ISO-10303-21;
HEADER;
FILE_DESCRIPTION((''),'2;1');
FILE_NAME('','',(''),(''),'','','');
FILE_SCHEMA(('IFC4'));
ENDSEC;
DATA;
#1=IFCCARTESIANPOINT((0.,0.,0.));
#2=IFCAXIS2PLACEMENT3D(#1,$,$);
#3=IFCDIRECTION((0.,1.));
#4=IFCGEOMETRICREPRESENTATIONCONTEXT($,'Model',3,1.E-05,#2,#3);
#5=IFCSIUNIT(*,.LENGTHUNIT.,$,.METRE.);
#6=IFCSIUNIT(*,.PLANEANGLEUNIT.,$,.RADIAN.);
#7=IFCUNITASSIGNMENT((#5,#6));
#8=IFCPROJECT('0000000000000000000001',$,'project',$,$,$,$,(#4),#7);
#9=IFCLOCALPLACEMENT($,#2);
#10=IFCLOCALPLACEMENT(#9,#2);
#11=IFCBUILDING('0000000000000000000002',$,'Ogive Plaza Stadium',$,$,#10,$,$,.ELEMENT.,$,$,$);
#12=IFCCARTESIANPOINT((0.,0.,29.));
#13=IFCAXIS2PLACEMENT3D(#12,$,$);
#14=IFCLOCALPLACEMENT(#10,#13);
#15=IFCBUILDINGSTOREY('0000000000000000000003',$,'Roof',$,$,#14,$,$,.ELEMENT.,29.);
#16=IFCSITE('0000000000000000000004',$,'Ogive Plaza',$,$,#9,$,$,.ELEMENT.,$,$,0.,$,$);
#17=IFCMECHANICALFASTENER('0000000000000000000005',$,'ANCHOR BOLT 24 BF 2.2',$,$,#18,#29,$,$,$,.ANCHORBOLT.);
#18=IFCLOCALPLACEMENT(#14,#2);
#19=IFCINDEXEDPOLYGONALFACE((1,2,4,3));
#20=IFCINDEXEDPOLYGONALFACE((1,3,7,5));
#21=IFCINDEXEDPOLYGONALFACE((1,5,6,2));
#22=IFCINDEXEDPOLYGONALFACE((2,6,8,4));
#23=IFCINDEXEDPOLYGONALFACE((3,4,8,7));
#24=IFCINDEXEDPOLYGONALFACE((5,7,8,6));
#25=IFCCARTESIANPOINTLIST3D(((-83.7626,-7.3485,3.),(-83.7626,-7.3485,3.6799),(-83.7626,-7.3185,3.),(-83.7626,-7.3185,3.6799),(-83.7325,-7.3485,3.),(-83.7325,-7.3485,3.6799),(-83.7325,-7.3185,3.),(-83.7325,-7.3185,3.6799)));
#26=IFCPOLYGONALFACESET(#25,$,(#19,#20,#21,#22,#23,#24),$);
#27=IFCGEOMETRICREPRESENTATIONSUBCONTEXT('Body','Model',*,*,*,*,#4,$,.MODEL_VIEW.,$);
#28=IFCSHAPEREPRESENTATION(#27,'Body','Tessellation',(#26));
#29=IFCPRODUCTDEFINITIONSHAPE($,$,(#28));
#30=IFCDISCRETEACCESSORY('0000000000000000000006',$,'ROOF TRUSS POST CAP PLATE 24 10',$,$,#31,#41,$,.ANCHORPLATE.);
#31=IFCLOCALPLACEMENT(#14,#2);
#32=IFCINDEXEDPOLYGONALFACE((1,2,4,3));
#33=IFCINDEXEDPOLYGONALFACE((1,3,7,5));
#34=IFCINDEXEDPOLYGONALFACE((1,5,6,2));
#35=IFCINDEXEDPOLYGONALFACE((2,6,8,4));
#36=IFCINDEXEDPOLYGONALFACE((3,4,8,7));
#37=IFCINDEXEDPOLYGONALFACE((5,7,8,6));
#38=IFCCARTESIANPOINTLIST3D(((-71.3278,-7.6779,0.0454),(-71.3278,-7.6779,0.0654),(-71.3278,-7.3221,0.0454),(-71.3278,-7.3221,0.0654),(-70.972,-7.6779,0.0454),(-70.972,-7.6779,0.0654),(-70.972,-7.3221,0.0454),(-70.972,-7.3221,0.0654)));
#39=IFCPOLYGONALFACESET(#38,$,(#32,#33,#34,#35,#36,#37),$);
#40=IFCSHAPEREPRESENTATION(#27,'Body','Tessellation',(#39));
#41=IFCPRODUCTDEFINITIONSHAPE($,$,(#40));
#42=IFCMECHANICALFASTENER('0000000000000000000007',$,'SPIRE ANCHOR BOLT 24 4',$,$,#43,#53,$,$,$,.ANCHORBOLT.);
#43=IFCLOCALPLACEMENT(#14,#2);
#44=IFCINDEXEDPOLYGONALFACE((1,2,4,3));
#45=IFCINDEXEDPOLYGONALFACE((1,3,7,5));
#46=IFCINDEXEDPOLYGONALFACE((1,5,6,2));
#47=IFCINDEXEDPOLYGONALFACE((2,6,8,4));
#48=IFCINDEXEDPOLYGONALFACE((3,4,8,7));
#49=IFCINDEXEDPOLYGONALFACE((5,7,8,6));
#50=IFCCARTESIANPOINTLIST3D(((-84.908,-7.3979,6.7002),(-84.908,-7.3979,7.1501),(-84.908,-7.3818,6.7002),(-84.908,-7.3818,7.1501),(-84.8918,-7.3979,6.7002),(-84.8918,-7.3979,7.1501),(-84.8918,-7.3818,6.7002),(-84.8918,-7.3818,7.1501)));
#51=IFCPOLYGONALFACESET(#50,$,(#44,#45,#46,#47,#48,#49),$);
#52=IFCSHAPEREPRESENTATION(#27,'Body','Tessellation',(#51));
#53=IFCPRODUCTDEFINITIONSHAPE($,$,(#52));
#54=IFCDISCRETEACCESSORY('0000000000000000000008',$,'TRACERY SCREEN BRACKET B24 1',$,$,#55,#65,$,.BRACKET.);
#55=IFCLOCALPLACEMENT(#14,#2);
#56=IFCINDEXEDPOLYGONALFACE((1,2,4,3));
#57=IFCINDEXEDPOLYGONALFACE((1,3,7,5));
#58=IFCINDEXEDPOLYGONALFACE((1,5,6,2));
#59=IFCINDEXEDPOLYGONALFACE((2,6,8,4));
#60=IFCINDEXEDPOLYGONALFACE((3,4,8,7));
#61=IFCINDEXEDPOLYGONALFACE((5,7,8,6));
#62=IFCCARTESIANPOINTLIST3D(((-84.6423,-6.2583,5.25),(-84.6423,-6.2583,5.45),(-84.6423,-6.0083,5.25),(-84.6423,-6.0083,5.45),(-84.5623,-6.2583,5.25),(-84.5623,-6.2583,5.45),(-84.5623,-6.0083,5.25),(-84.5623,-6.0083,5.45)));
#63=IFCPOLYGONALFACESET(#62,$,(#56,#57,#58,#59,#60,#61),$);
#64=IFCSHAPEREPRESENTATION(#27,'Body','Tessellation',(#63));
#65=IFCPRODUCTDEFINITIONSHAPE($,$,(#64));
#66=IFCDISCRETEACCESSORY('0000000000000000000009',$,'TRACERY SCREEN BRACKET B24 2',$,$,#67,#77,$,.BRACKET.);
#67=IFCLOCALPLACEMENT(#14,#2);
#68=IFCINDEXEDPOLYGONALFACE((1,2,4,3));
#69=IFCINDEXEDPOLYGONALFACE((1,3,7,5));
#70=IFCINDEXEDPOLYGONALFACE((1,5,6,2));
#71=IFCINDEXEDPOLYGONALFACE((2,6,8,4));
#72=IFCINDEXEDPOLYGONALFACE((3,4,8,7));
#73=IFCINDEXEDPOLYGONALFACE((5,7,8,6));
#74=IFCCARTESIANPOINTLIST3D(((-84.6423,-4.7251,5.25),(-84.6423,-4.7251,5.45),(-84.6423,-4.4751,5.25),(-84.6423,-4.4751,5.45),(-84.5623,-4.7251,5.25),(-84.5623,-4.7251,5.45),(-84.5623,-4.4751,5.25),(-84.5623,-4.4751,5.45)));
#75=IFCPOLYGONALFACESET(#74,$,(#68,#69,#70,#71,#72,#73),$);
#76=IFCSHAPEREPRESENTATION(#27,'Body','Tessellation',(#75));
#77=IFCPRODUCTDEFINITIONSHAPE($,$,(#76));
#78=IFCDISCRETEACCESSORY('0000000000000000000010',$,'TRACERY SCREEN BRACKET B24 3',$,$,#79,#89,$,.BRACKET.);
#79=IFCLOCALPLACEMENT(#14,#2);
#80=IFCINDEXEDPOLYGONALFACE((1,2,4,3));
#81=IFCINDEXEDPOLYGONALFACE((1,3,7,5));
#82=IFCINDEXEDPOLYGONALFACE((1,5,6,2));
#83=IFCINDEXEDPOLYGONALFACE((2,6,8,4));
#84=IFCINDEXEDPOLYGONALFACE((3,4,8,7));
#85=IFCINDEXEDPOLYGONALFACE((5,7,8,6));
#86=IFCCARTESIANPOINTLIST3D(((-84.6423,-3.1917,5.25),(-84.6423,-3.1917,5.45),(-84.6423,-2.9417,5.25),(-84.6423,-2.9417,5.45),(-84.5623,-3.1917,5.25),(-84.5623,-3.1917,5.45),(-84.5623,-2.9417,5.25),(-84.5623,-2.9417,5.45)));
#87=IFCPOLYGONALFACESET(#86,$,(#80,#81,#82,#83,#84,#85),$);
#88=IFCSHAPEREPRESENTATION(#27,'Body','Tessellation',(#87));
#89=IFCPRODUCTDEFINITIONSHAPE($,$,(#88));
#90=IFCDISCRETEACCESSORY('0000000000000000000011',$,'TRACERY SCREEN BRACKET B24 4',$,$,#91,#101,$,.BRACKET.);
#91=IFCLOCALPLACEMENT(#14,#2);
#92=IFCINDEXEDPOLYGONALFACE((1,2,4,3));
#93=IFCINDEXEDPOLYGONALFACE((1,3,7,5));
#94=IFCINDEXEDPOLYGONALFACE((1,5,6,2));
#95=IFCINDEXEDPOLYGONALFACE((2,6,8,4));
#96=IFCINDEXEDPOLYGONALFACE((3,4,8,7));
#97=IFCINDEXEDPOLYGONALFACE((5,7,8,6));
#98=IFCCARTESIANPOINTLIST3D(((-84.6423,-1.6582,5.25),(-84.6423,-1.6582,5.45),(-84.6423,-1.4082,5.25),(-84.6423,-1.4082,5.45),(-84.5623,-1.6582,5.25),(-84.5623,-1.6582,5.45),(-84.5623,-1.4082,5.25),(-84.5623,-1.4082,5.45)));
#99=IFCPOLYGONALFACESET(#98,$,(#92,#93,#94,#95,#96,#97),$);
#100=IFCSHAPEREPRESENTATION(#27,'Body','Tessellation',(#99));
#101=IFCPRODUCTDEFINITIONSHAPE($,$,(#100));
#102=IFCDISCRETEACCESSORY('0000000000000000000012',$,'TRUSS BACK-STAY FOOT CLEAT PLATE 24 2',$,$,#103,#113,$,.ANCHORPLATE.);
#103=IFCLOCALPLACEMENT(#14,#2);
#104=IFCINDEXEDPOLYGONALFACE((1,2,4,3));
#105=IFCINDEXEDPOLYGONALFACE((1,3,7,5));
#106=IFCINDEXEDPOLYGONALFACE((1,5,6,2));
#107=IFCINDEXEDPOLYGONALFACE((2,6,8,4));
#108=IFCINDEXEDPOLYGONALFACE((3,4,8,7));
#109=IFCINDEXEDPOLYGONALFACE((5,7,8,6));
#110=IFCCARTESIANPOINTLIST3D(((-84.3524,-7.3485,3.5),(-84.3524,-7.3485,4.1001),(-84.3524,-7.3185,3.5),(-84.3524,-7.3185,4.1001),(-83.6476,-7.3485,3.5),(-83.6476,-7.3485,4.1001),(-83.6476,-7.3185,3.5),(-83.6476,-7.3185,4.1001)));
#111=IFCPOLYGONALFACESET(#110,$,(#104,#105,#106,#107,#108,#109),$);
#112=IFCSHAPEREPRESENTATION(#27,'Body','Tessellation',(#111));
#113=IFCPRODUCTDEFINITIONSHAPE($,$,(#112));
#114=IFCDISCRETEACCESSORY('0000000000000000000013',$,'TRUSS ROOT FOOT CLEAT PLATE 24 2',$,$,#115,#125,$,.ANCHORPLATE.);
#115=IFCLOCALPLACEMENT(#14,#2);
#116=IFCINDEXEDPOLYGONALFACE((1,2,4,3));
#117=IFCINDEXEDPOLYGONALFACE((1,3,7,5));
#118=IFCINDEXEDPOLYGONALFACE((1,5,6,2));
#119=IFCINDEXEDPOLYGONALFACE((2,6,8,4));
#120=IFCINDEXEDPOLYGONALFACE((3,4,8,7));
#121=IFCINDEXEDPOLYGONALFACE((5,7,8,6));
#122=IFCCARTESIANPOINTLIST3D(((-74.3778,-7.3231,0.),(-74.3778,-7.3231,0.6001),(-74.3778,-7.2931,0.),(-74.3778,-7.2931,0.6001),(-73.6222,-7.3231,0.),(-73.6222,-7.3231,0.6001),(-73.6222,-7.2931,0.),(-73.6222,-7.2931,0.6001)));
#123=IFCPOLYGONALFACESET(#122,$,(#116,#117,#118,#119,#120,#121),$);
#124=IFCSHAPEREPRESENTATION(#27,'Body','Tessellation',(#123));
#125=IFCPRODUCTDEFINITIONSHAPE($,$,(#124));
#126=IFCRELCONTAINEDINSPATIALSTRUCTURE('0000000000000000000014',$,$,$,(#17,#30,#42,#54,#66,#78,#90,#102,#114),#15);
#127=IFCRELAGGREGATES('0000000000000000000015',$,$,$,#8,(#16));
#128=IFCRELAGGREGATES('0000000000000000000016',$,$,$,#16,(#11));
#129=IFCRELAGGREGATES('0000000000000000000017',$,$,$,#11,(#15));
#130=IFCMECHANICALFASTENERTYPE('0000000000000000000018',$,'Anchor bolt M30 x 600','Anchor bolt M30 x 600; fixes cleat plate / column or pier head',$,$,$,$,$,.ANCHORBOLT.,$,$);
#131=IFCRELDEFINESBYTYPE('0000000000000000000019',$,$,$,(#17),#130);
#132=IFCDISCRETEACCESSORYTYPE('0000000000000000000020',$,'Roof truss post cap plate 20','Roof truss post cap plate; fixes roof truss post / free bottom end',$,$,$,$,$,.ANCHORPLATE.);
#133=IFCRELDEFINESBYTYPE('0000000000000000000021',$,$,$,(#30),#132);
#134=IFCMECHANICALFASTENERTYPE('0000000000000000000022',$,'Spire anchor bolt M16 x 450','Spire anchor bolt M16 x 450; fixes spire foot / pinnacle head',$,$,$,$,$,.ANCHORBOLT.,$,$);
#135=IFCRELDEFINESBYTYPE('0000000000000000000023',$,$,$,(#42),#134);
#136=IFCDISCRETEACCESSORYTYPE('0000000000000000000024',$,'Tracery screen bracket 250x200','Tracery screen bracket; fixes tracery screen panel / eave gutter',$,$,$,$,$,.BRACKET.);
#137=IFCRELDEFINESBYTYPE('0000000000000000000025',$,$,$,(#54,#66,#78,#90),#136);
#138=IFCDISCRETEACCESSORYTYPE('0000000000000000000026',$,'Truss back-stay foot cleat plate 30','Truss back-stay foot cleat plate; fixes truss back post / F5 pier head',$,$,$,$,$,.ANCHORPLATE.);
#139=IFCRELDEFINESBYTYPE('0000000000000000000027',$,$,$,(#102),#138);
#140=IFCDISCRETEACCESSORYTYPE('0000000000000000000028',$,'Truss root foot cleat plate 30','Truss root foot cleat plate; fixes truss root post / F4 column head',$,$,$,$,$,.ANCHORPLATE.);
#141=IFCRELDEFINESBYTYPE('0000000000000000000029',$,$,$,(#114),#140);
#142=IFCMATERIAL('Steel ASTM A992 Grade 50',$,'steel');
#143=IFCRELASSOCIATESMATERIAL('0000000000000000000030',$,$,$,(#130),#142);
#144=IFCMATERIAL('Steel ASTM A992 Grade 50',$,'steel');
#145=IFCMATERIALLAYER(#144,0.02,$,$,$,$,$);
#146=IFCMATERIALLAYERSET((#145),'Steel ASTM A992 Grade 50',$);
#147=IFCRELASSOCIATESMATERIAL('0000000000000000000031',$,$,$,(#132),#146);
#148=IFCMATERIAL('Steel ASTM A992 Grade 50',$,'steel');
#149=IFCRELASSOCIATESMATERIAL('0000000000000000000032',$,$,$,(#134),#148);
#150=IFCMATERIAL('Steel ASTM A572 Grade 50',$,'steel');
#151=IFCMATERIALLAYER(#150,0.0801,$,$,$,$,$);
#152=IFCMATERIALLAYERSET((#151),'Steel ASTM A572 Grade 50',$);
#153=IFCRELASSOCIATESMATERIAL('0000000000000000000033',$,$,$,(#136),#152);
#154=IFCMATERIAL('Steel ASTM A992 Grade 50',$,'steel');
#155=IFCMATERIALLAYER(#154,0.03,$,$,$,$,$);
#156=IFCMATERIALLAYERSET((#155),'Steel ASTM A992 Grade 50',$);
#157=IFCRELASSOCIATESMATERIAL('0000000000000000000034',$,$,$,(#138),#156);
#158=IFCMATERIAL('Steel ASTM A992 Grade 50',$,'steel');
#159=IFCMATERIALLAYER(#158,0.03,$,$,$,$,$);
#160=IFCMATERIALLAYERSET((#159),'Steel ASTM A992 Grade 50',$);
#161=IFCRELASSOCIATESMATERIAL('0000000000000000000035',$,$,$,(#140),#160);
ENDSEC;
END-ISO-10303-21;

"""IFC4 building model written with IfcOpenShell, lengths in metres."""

from ifc_helpers import new_model, si_unit, direction, frame, origin, origin_2d, place, context, subcontext, project, spatial, rectangle, extrude, material, layer, layer_set, type_object, element, save


model = new_model("IFC4")

# Units and contexts
model_context = context("Model", 3, precision=1e-05, world=origin(), true_north=direction((0.0, 1.0)))
body_context = subcontext(model_context, "Body", "Model", "MODEL_VIEW")
ifc_project = project(units=[si_unit("LENGTHUNIT", "METRE"), si_unit("PLANEANGLEUNIT", "RADIAN")], contexts=[model_context])

# Site, building, storey
site_placement = place(None, origin())
site = spatial("IfcSite", under=ifc_project, at=site_placement, Name="Ogive Plaza", CompositionType="ELEMENT", RefElevation=0.0)
building_placement = place(site_placement, origin())
building = spatial("IfcBuilding", under=site, at=building_placement, Name="Ogive Plaza Stadium", CompositionType="ELEMENT")
storey_placement = place(building_placement, frame((0.0, 0.0, 29.0)))
storey = spatial("IfcBuildingStorey", under=building, at=storey_placement, Name="Roof", CompositionType="ELEMENT", Elevation=29.0)

# Mechanical fastener
ifc_material_1 = material(Name="Steel ASTM A992 Grade 50", Category="steel")
mechanical_fastener_type_1 = type_object("IfcMechanicalFastenerType", Name="Anchor bolt M30 x 600", Description="Anchor bolt M30 x 600; fixes cleat plate / column or pier head", PredefinedType="ANCHORBOLT", material=ifc_material_1)
for number, where, z_axis, x_axis, name in (
    (1, (-83.7476, -7.3335, 3.0), (0.0, 0.0, 1.0), (-1.0, 0.0, 0.0), "ANCHOR BOLT 24 BF 2.2"),
):
    element("IfcMechanicalFastener", number, at=place(storey_placement, frame(where, z_axis=z_axis, x_axis=x_axis)), inside=storey, type_object=mechanical_fastener_type_1, Name=name, PredefinedType="ANCHORBOLT", context=body_context, shape_type="SweptSolid", body=[
        extrude(rectangle(XDim=0.03, YDim=0.03, at=origin_2d()), origin(), (0.0, 0.0, 1.0), 0.6799),
    ])

# Discrete accessory
ifc_material_2 = material(Name="Steel ASTM A992 Grade 50", Category="steel")
ifc_layer_1 = layer(ifc_material_2, 0.02)
ifc_layer_set_1 = layer_set([ifc_layer_1], Name="Steel ASTM A992 Grade 50")
discrete_accessory_type_1 = type_object("IfcDiscreteAccessoryType", Name="Roof truss post cap plate 20", Description="Roof truss post cap plate; fixes roof truss post / free bottom end", PredefinedType="ANCHORPLATE", material=ifc_layer_set_1)
discrete_accessory_1_placement = place(storey_placement, frame((-71.1499, -7.5, 0.0454), z_axis=(0.0, 0.0, 1.0), x_axis=(-1.0, 0.0, 0.0)))
element("IfcDiscreteAccessory", 2, at=discrete_accessory_1_placement, inside=storey, type_object=discrete_accessory_type_1, Name="ROOF TRUSS POST CAP PLATE 24 10", PredefinedType="ANCHORPLATE", context=body_context, shape_type="SweptSolid", body=[
    extrude(rectangle(XDim=0.3557, YDim=0.3557, at=origin_2d()), origin(), (0.0, 0.0, 1.0), 0.02),
])

# Mechanical fastener
ifc_material_3 = material(Name="Steel ASTM A992 Grade 50", Category="steel")
mechanical_fastener_type_2 = type_object("IfcMechanicalFastenerType", Name="Spire anchor bolt M16 x 450", Description="Spire anchor bolt M16 x 450; fixes spire foot / pinnacle head", PredefinedType="ANCHORBOLT", material=ifc_material_3)
mechanical_fastener_placement = place(storey_placement, frame((-84.8999, -7.3899, 6.7002), z_axis=(0.0, 0.0, 1.0), x_axis=(-1.0, 0.0, 0.0)))
element("IfcMechanicalFastener", 3, at=mechanical_fastener_placement, inside=storey, type_object=mechanical_fastener_type_2, Name="SPIRE ANCHOR BOLT 24 4", PredefinedType="ANCHORBOLT", context=body_context, shape_type="SweptSolid", body=[
    extrude(rectangle(XDim=0.0161, YDim=0.0161, at=origin_2d()), origin(), (0.0, 0.0, 1.0), 0.45),
])

# Discrete accessories
ifc_material_4 = material(Name="Steel ASTM A572 Grade 50", Category="steel")
ifc_layer_2 = layer(ifc_material_4, 0.0801)
ifc_layer_set_2 = layer_set([ifc_layer_2], Name="Steel ASTM A572 Grade 50")
discrete_accessory_type_2 = type_object("IfcDiscreteAccessoryType", Name="Tracery screen bracket 250x200", Description="Tracery screen bracket; fixes tracery screen panel / eave gutter", PredefinedType="BRACKET", material=ifc_layer_set_2)
for number, where, z_axis, x_axis, name in (
    (4, (-84.6023, -6.1333, 5.25), (0.0, 0.0, 1.0), (0.0, 1.0, 0.0), "TRACERY SCREEN BRACKET B24 1"),
    (5, (-84.6023, -4.6001, 5.25), (0.0, 0.0, 1.0), (0.0, 1.0, 0.0), "TRACERY SCREEN BRACKET B24 2"),
    (6, (-84.6023, -3.0667, 5.25), (0.0, 0.0, 1.0), (0.0, 1.0, 0.0), "TRACERY SCREEN BRACKET B24 3"),
    (7, (-84.6023, -1.5332, 5.25), (0.0, 0.0, 1.0), (0.0, 1.0, 0.0), "TRACERY SCREEN BRACKET B24 4"),
):
    element("IfcDiscreteAccessory", number, at=place(storey_placement, frame(where, z_axis=z_axis, x_axis=x_axis)), inside=storey, type_object=discrete_accessory_type_2, Name=name, PredefinedType="BRACKET", context=body_context, shape_type="SweptSolid", body=[
        extrude(rectangle(XDim=0.25, YDim=0.0801, at=origin_2d()), origin(), (0.0, 0.0, 1.0), 0.2),
    ])
ifc_material_5 = material(Name="Steel ASTM A992 Grade 50", Category="steel")
ifc_layer_3 = layer(ifc_material_5, 0.03)
ifc_layer_set_3 = layer_set([ifc_layer_3], Name="Steel ASTM A992 Grade 50")
discrete_accessory_type_3 = type_object("IfcDiscreteAccessoryType", Name="Truss back-stay foot cleat plate 30", Description="Truss back-stay foot cleat plate; fixes truss back post / F5 pier head", PredefinedType="ANCHORPLATE", material=ifc_layer_set_3)
discrete_accessory_2_placement = place(storey_placement, frame((-84.0, -7.3335, 3.5), z_axis=(0.0, 0.0, 1.0), x_axis=(-1.0, 0.0, 0.0)))
element("IfcDiscreteAccessory", 8, at=discrete_accessory_2_placement, inside=storey, type_object=discrete_accessory_type_3, Name="TRUSS BACK-STAY FOOT CLEAT PLATE 24 2", PredefinedType="ANCHORPLATE", context=body_context, shape_type="SweptSolid", body=[
    extrude(rectangle(XDim=0.7048, YDim=0.03, at=origin_2d()), origin(), (0.0, 0.0, 1.0), 0.6001),
])
ifc_material_6 = material(Name="Steel ASTM A992 Grade 50", Category="steel")
ifc_layer_4 = layer(ifc_material_6, 0.03)
ifc_layer_set_4 = layer_set([ifc_layer_4], Name="Steel ASTM A992 Grade 50")
discrete_accessory_type_4 = type_object("IfcDiscreteAccessoryType", Name="Truss root foot cleat plate 30", Description="Truss root foot cleat plate; fixes truss root post / F4 column head", PredefinedType="ANCHORPLATE", material=ifc_layer_set_4)
discrete_accessory_3_placement = place(storey_placement, frame((-74.0, -7.3081, 0.0), z_axis=(0.0, 0.0, 1.0), x_axis=(-1.0, 0.0, 0.0)))
element("IfcDiscreteAccessory", 9, at=discrete_accessory_3_placement, inside=storey, type_object=discrete_accessory_type_4, Name="TRUSS ROOT FOOT CLEAT PLATE 24 2", PredefinedType="ANCHORPLATE", context=body_context, shape_type="SweptSolid", body=[
    extrude(rectangle(XDim=0.7556, YDim=0.03, at=origin_2d()), origin(), (0.0, 0.0, 1.0), 0.6001),
])

save(model, "model.ifc")
